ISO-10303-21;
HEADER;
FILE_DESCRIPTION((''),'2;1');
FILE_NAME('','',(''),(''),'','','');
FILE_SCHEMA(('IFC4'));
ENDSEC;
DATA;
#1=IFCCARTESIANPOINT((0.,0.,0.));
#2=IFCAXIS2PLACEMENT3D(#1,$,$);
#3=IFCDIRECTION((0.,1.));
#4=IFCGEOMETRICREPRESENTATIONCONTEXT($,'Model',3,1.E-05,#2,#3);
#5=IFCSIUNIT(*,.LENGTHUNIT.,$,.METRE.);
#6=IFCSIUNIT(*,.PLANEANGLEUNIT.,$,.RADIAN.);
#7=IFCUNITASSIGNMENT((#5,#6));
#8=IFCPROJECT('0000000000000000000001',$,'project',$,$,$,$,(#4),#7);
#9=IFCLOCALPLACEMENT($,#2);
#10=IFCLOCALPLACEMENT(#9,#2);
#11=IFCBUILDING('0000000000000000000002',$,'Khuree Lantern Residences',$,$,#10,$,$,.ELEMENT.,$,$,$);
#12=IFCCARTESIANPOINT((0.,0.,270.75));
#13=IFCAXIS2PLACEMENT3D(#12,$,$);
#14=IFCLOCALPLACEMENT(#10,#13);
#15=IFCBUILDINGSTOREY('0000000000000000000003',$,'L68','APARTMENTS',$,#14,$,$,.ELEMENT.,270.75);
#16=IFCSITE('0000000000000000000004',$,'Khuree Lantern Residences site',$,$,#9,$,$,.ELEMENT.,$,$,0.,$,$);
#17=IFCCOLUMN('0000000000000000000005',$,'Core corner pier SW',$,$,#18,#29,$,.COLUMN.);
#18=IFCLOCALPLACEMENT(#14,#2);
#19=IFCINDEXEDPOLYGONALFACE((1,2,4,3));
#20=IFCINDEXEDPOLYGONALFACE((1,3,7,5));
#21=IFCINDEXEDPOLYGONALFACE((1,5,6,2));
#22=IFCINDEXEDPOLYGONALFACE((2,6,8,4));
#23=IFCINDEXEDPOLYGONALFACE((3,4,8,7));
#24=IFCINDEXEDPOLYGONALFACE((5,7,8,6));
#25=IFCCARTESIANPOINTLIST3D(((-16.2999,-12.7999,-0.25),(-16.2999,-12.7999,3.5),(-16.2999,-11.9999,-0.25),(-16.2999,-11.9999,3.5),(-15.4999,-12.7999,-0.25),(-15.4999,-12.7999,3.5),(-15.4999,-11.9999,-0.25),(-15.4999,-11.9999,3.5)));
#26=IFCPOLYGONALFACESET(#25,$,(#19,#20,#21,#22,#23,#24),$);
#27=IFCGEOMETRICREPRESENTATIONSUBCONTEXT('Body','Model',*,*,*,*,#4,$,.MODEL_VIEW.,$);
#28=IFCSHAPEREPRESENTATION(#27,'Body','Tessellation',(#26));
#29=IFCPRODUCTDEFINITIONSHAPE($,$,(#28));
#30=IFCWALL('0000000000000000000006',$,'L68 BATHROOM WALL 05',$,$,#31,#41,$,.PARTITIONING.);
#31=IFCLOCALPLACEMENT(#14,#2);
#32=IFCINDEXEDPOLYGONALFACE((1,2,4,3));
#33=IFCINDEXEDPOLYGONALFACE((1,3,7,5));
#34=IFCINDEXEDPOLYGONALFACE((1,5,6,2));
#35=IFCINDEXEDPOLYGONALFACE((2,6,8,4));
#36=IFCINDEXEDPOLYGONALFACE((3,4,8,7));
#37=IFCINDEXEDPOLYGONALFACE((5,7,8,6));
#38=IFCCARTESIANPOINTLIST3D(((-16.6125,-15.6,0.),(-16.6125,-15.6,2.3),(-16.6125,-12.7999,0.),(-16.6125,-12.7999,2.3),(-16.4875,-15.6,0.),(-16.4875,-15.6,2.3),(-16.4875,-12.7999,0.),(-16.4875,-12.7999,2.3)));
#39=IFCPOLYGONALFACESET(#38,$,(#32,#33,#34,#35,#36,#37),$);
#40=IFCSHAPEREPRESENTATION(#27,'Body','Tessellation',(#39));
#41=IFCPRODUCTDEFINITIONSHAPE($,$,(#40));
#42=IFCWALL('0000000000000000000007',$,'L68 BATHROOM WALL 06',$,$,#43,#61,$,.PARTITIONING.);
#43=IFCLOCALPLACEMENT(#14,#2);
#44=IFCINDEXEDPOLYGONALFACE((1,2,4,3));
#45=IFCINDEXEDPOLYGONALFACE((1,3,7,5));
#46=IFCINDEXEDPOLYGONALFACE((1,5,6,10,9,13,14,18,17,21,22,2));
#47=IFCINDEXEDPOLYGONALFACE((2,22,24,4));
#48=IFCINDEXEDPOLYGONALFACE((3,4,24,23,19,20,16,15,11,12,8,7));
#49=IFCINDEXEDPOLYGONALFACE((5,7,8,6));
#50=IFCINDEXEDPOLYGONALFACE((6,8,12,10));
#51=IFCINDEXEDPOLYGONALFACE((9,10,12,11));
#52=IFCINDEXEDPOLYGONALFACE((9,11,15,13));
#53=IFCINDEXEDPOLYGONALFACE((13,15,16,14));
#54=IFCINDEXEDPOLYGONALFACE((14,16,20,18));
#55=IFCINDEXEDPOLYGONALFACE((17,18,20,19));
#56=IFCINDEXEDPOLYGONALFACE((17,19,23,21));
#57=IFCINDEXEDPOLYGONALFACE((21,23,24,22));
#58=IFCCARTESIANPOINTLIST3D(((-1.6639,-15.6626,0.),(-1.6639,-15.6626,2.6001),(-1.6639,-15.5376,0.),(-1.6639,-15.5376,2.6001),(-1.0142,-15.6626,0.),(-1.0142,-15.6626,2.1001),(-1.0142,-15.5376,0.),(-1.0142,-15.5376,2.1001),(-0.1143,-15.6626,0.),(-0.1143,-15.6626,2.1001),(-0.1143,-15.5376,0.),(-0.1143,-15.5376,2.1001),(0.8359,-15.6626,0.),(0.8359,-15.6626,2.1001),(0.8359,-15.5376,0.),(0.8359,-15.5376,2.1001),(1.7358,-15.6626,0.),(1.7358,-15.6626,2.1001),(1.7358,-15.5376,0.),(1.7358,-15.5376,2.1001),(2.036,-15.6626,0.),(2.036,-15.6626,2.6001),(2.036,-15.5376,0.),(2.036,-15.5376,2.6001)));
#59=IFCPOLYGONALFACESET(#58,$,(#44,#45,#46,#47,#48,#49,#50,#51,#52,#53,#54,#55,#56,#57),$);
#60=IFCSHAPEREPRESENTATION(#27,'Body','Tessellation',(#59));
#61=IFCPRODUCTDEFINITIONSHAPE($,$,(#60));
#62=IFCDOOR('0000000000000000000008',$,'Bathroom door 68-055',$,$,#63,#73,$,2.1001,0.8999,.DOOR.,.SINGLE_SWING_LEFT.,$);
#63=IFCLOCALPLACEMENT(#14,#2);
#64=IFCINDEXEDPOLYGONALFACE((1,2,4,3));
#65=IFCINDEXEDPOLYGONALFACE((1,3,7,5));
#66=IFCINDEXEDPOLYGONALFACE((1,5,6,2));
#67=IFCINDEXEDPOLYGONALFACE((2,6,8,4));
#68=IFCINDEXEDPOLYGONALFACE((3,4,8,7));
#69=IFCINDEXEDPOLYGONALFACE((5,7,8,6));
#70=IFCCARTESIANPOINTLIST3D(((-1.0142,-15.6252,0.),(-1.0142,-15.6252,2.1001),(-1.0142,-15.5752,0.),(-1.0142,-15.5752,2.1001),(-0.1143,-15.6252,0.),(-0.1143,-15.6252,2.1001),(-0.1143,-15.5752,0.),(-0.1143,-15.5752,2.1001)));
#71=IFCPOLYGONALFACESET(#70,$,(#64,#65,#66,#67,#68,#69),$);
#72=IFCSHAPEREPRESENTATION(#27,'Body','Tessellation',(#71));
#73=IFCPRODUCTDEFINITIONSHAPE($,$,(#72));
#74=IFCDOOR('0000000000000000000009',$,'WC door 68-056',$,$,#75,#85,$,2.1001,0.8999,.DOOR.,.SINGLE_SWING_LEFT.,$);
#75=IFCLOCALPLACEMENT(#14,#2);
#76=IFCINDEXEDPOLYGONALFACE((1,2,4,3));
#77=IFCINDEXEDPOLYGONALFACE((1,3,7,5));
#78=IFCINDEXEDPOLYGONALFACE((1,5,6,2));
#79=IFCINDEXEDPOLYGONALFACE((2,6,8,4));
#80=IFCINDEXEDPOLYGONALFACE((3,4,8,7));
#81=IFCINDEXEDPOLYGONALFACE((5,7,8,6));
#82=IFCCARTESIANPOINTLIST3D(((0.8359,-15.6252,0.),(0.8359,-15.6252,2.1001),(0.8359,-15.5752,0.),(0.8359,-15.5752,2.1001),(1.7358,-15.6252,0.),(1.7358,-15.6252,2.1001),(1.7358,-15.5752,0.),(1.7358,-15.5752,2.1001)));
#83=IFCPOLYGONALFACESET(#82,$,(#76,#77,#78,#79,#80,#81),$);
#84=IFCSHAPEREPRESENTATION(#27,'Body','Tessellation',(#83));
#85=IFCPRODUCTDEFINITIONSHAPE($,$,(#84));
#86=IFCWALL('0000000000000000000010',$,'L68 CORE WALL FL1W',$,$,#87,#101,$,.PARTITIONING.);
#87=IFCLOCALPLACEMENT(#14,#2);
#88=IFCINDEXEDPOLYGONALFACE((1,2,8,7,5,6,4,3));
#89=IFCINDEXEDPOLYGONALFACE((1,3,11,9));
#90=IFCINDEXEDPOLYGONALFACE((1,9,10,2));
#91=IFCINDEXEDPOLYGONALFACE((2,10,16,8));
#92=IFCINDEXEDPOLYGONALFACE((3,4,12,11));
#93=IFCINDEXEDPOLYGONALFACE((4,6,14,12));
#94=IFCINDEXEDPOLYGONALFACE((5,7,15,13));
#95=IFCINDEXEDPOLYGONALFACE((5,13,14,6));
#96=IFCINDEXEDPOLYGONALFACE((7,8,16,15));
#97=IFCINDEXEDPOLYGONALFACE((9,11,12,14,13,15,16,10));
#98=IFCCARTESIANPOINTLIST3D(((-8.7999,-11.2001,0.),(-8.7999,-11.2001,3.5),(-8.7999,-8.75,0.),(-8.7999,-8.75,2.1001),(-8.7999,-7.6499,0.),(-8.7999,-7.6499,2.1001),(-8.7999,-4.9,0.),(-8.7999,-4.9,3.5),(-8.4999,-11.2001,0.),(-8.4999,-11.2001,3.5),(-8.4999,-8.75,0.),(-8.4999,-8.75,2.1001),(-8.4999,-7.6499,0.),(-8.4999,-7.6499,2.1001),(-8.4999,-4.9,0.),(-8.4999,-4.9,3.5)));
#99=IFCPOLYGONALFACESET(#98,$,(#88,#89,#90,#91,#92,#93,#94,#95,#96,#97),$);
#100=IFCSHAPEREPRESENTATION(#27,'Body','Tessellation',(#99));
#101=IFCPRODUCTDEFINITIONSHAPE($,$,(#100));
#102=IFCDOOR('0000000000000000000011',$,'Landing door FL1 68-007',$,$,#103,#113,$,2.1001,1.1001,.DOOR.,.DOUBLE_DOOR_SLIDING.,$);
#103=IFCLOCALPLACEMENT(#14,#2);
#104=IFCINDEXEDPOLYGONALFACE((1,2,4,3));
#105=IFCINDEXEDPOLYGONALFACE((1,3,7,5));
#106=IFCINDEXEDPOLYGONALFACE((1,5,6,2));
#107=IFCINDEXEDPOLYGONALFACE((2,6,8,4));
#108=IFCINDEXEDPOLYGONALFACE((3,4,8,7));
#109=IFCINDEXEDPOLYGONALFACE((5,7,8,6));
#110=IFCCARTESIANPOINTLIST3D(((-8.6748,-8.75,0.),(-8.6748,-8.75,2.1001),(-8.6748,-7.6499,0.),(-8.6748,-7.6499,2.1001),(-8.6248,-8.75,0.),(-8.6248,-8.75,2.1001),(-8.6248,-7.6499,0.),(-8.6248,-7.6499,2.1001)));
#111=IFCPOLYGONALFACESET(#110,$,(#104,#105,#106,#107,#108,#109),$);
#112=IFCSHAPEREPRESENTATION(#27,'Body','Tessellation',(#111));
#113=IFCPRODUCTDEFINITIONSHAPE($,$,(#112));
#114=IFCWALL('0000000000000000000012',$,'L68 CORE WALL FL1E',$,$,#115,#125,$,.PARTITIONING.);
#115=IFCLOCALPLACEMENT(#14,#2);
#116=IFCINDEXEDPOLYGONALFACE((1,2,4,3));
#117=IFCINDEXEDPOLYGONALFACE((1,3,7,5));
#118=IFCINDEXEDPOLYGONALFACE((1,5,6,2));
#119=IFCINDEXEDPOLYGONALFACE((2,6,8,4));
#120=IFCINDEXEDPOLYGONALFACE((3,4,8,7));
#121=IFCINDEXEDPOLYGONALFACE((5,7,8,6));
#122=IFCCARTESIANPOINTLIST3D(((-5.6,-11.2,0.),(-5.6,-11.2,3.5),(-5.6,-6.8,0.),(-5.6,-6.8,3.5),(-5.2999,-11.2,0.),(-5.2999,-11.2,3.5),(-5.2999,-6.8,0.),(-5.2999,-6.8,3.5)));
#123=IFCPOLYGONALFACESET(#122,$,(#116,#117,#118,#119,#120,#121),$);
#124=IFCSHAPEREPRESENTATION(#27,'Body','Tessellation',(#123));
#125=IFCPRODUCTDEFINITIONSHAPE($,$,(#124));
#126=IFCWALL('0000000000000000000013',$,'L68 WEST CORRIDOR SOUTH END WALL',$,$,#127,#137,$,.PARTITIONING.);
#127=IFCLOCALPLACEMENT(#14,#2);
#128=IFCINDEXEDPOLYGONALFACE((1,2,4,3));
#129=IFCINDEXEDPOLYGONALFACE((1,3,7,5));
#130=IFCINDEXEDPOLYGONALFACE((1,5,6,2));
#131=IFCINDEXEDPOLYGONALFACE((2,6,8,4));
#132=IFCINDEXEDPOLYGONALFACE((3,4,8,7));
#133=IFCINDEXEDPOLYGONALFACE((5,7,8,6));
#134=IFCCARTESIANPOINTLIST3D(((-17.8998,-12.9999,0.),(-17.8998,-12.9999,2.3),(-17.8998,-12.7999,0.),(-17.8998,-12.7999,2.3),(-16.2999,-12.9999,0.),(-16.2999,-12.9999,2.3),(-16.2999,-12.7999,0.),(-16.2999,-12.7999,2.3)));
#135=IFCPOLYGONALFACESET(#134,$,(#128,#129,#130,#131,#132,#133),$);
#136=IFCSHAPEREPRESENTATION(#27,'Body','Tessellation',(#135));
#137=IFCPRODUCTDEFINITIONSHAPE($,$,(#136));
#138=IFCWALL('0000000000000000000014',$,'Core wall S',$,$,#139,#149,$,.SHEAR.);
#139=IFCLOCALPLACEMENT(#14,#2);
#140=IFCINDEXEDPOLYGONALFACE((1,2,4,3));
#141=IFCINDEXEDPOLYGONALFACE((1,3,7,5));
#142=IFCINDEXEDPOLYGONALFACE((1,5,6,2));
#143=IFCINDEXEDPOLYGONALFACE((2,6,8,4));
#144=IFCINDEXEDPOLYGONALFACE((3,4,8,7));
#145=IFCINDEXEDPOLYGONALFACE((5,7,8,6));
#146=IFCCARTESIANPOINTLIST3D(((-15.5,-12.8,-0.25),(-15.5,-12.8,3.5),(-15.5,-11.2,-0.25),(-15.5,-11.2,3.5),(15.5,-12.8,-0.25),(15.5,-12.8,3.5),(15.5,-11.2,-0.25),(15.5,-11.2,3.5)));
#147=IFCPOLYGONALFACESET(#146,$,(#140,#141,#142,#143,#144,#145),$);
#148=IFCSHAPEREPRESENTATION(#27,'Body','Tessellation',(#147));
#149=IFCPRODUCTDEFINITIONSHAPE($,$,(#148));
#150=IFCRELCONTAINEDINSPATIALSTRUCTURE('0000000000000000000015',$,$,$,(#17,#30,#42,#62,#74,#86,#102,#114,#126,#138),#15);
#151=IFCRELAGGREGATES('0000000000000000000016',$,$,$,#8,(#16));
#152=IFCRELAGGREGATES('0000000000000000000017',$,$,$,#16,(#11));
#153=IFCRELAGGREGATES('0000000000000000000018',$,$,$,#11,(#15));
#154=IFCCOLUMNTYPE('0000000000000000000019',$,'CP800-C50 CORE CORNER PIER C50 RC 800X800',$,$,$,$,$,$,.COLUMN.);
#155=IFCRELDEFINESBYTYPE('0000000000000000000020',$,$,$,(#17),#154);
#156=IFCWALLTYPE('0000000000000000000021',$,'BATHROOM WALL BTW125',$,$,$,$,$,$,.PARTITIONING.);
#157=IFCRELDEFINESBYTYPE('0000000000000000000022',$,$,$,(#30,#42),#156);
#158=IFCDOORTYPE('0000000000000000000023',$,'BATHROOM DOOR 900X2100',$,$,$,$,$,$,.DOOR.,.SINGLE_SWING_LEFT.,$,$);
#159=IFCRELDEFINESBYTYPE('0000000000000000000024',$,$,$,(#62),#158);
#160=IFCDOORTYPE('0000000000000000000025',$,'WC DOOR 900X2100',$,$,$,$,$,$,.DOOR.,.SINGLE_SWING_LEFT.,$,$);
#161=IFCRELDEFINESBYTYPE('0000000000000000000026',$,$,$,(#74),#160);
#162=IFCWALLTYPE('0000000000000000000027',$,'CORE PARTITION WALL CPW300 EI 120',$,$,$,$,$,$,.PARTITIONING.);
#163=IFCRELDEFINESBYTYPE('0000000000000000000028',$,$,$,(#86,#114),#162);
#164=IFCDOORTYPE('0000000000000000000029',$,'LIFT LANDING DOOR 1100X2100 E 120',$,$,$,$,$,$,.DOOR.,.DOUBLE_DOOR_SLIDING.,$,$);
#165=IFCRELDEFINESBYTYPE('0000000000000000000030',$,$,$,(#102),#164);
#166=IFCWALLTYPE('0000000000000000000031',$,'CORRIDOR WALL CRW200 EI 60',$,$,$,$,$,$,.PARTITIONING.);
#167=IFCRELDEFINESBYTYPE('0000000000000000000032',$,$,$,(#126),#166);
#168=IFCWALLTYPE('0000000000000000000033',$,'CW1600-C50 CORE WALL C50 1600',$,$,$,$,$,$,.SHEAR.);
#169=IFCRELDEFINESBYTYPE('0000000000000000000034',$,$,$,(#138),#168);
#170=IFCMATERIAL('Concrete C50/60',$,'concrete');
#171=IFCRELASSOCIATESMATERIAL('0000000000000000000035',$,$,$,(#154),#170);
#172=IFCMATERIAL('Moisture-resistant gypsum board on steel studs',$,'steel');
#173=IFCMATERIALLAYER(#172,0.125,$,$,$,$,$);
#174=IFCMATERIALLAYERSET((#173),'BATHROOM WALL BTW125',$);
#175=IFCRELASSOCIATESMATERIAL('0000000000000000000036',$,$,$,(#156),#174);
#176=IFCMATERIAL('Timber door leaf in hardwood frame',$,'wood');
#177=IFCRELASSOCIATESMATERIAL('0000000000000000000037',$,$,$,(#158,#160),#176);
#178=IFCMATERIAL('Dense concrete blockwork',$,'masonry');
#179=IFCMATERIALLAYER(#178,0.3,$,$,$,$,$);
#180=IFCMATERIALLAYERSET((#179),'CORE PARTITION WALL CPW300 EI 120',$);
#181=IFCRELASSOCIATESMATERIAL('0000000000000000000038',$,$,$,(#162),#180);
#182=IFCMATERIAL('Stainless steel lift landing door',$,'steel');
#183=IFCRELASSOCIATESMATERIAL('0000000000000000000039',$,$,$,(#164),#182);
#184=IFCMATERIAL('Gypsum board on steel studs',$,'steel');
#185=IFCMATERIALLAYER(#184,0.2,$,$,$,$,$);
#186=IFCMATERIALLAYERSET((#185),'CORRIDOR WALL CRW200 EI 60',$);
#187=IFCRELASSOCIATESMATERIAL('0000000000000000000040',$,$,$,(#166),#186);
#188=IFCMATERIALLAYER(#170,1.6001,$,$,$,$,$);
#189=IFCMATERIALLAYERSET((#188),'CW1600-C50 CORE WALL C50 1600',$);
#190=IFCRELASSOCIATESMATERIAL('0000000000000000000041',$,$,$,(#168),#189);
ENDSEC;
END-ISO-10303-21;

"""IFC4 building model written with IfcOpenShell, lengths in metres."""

from ifc_helpers import new_model, si_unit, direction, frame, frame_2d, origin, origin_2d, place, context, subcontext, project, spatial, rectangle, extrude, material, layer, layer_set, material_profile, profile_set, type_object, element, fill, save


model = new_model("IFC4")

# Units and contexts
model_context = context("Model", 3, precision=1e-05, world=origin(), true_north=direction((0.0, 1.0)))
body_context = subcontext(model_context, "Body", "Model", "MODEL_VIEW")
ifc_project = project(units=[si_unit("LENGTHUNIT", "METRE"), si_unit("PLANEANGLEUNIT", "RADIAN")], contexts=[model_context])

# Site, building, storey
site_placement = place(None, origin())
site = spatial("IfcSite", under=ifc_project, at=site_placement, Name="Khuree Lantern Residences site", CompositionType="ELEMENT", RefElevation=0.0)
building_placement = place(site_placement, origin())
building = spatial("IfcBuilding", under=site, at=building_placement, Name="Khuree Lantern Residences", CompositionType="ELEMENT")
storey_placement = place(building_placement, frame((0.0, 0.0, 270.75)))
storey = spatial("IfcBuildingStorey", under=building, at=storey_placement, Name="L68", Description="APARTMENTS", CompositionType="ELEMENT", Elevation=270.75)

# Column
ifc_material_1 = material(Name="Concrete C50/60", Category="concrete")
ifc_material_profile = material_profile(ifc_material_1, rectangle(XDim=0.8, YDim=0.8, at=origin_2d()), Name="RC 800X800")
ifc_profile_set = profile_set([ifc_material_profile], Name="Concrete C50/60")
column_type = type_object("IfcColumnType", Name="CP800-C50 CORE CORNER PIER C50 RC 800X800", PredefinedType="COLUMN", material=ifc_profile_set)
column_placement = place(storey_placement, frame((-15.8999, -12.3999, -0.25), z_axis=(0.0, 0.0, 1.0), x_axis=(1.0, 0.0, 0.0)))
element("IfcColumn", 1, at=column_placement, inside=storey, type_object=column_type, Name="Core corner pier SW", PredefinedType="COLUMN", context=body_context, shape_type="SweptSolid", body=[
    extrude(rectangle(XDim=0.8, YDim=0.8, at=origin_2d()), origin(), (0.0, 0.0, 1.0), 3.75),
])

# Wall
ifc_material_2 = material(Name="Moisture-resistant gypsum board on steel studs", Category="steel")
ifc_layer_1 = layer(ifc_material_2, 0.125)
ifc_layer_set_1 = layer_set([ifc_layer_1], Name="BATHROOM WALL BTW125")
wall_type_1 = type_object("IfcWallType", Name="BATHROOM WALL BTW125", PredefinedType="PARTITIONING", material=ifc_layer_set_1)
wall_1_placement = place(storey_placement, frame((-16.55, -12.8, 0.0), z_axis=(0.0, 0.0, 1.0), x_axis=(0.0, -1.0, 0.0)))
element("IfcWall", 2, at=wall_1_placement, inside=storey, type_object=wall_type_1, Name="L68 BATHROOM WALL 05", PredefinedType="PARTITIONING", context=body_context, shape_type="SweptSolid", body=[
    extrude(rectangle(XDim=2.8, YDim=0.125, at=frame_2d((1.3999, 0.0))), origin(), (0.0, 0.0, 1.0), 2.3),
])

# Wall, openings, doors
wall_2_placement = place(storey_placement, frame((-1.6641, -15.6001, 0.0), z_axis=(0.0, 0.0, 1.0), x_axis=(1.0, 0.0, 0.0)))
wall_2 = element("IfcWall", 3, at=wall_2_placement, inside=storey, type_object=wall_type_1, Name="L68 BATHROOM WALL 06", PredefinedType="PARTITIONING", context=body_context, shape_type="SweptSolid", body=[
    extrude(rectangle(XDim=3.7, YDim=0.125, at=frame_2d((1.8501, 0.0))), origin(), (0.0, 0.0, 1.0), 2.6001),
])
opening_1_placement = place(wall_2_placement, frame((0.6499, 0.0, 0.0)))
opening_1 = element("IfcOpeningElement", 4, at=opening_1_placement, cuts=wall_2, PredefinedType="OPENING", context=body_context, shape_type="SweptSolid", body=[
    extrude(rectangle(XDim=0.8999, YDim=2.1001, at=frame_2d((0.45, 1.05))), frame((0.0, 0.0725, 0.0), z_axis=(0.0, -1.0, 0.0), x_axis=(1.0, 0.0, 0.0)), (0.0, 0.0, 1.0), 0.145),
])
opening_2_placement = place(wall_2_placement, frame((2.5, 0.0, 0.0)))
opening_2 = element("IfcOpeningElement", 5, at=opening_2_placement, cuts=wall_2, PredefinedType="OPENING", context=body_context, shape_type="SweptSolid", body=[
    extrude(rectangle(XDim=0.8999, YDim=2.1001, at=frame_2d((0.45, 1.05))), frame((0.0, 0.0725, 0.0), z_axis=(0.0, -1.0, 0.0), x_axis=(1.0, 0.0, 0.0)), (0.0, 0.0, 1.0), 0.145),
])
ifc_material_3 = material(Name="Timber door leaf in hardwood frame", Category="wood")
door_type_1 = type_object("IfcDoorType", Name="BATHROOM DOOR 900X2100", OperationType="SINGLE_SWING_LEFT", PredefinedType="DOOR", material=ifc_material_3)
door_1_placement = place(opening_1_placement, origin())
door_1 = element("IfcDoor", 6, at=door_1_placement, inside=storey, type_object=door_type_1, Name="Bathroom door 68-055", OperationType="SINGLE_SWING_LEFT", OverallHeight=2.1001, OverallWidth=0.8999, PredefinedType="DOOR", context=body_context, shape_type="SweptSolid", body=[
    extrude(rectangle(XDim=0.8999, YDim=2.1001, at=frame_2d((0.45, 1.05))), frame((0.0, 0.0249, 0.0), z_axis=(0.0, -1.0, 0.0), x_axis=(1.0, 0.0, 0.0)), (0.0, 0.0, 1.0), 0.05),
])
fill(opening_1, door_1)
door_type_2 = type_object("IfcDoorType", Name="WC DOOR 900X2100", OperationType="SINGLE_SWING_LEFT", PredefinedType="DOOR", material=ifc_material_3)
door_2_placement = place(opening_2_placement, origin())
door_2 = element("IfcDoor", 7, at=door_2_placement, inside=storey, type_object=door_type_2, Name="WC door 68-056", OperationType="SINGLE_SWING_LEFT", OverallHeight=2.1001, OverallWidth=0.8999, PredefinedType="DOOR", context=body_context, shape_type="SweptSolid", body=[
    extrude(rectangle(XDim=0.8999, YDim=2.1001, at=frame_2d((0.45, 1.05))), frame((0.0, 0.0249, 0.0), z_axis=(0.0, -1.0, 0.0), x_axis=(1.0, 0.0, 0.0)), (0.0, 0.0, 1.0), 0.05),
])
fill(opening_2, door_2)

# Wall, opening, door
ifc_material_4 = material(Name="Dense concrete blockwork", Category="masonry")
ifc_layer_2 = layer(ifc_material_4, 0.3)
ifc_layer_set_2 = layer_set([ifc_layer_2], Name="CORE PARTITION WALL CPW300 EI 120")
wall_type_2 = type_object("IfcWallType", Name="CORE PARTITION WALL CPW300 EI 120", PredefinedType="PARTITIONING", material=ifc_layer_set_2)
wall_3_placement = place(storey_placement, frame((-8.6499, -11.2, 0.0), z_axis=(0.0, 0.0, 1.0), x_axis=(0.0, 1.0, 0.0)))
wall_3 = element("IfcWall", 8, at=wall_3_placement, inside=storey, type_object=wall_type_2, Name="L68 CORE WALL FL1W", PredefinedType="PARTITIONING", context=body_context, shape_type="SweptSolid", body=[
    extrude(rectangle(XDim=6.3, YDim=0.3, at=frame_2d((3.1499, 0.0))), origin(), (0.0, 0.0, 1.0), 3.5),
])
opening_3_placement = place(wall_3_placement, frame((2.45, 0.0, 0.0)))
opening_3 = element("IfcOpeningElement", 9, at=opening_3_placement, cuts=wall_3, PredefinedType="OPENING", context=body_context, shape_type="SweptSolid", body=[
    extrude(rectangle(XDim=1.1001, YDim=2.1001, at=frame_2d((0.55, 1.05))), frame((0.0, 0.1602, 0.0), z_axis=(0.0, -1.0, 0.0), x_axis=(1.0, 0.0, 0.0)), (0.0, 0.0, 1.0), 0.3201),
])
ifc_material_5 = material(Name="Stainless steel lift landing door", Category="steel")
door_type_3 = type_object("IfcDoorType", Name="LIFT LANDING DOOR 1100X2100 E 120", OperationType="DOUBLE_DOOR_SLIDING", PredefinedType="DOOR", material=ifc_material_5)
door_3_placement = place(opening_3_placement, origin())
door_3 = element("IfcDoor", 10, at=door_3_placement, inside=storey, type_object=door_type_3, Name="Landing door FL1 68-007", OperationType="DOUBLE_DOOR_SLIDING", OverallHeight=2.1001, OverallWidth=1.1001, PredefinedType="DOOR", context=body_context, shape_type="SweptSolid", body=[
    extrude(rectangle(XDim=1.1001, YDim=2.1001, at=frame_2d((0.55, 1.05))), frame((0.0, 0.0249, 0.0), z_axis=(0.0, -1.0, 0.0), x_axis=(1.0, 0.0, 0.0)), (0.0, 0.0, 1.0), 0.05),
])
fill(opening_3, door_3)

# Walls
wall_4_placement = place(storey_placement, frame((-5.45, -11.2, 0.0), z_axis=(0.0, 0.0, 1.0), x_axis=(0.0, 1.0, 0.0)))
element("IfcWall", 11, at=wall_4_placement, inside=storey, type_object=wall_type_2, Name="L68 CORE WALL FL1E", PredefinedType="PARTITIONING", context=body_context, shape_type="SweptSolid", body=[
    extrude(rectangle(XDim=4.3999, YDim=0.3, at=frame_2d((2.2, 0.0))), origin(), (0.0, 0.0, 1.0), 3.5),
])
ifc_material_6 = material(Name="Gypsum board on steel studs", Category="steel")
ifc_layer_3 = layer(ifc_material_6, 0.2)
ifc_layer_set_3 = layer_set([ifc_layer_3], Name="CORRIDOR WALL CRW200 EI 60")
wall_type_3 = type_object("IfcWallType", Name="CORRIDOR WALL CRW200 EI 60", PredefinedType="PARTITIONING", material=ifc_layer_set_3)
wall_5_placement = place(storey_placement, frame((-16.3, -12.8999, 0.0), z_axis=(0.0, 0.0, 1.0), x_axis=(-1.0, 0.0, 0.0)))
element("IfcWall", 12, at=wall_5_placement, inside=storey, type_object=wall_type_3, Name="L68 WEST CORRIDOR SOUTH END WALL", PredefinedType="PARTITIONING", context=body_context, shape_type="SweptSolid", body=[
    extrude(rectangle(XDim=1.5999, YDim=0.2, at=frame_2d((0.7998, 0.0))), origin(), (0.0, 0.0, 1.0), 2.3),
])
ifc_layer_4 = layer(ifc_material_1, 1.6001)
ifc_layer_set_4 = layer_set([ifc_layer_4], Name="CW1600-C50 CORE WALL C50 1600")
wall_type_4 = type_object("IfcWallType", Name="CW1600-C50 CORE WALL C50 1600", PredefinedType="SHEAR", material=ifc_layer_set_4)
wall_6_placement = place(storey_placement, frame((-15.5, -12.0, -0.25), z_axis=(0.0, 0.0, 1.0), x_axis=(1.0, 0.0, 0.0)))
element("IfcWall", 13, at=wall_6_placement, inside=storey, type_object=wall_type_4, Name="Core wall S", PredefinedType="SHEAR", context=body_context, shape_type="SweptSolid", body=[
    extrude(rectangle(XDim=31.0, YDim=1.6001, at=frame_2d((15.5, 0.0))), origin(), (0.0, 0.0, 1.0), 3.75),
])

save(model, "model.ifc")
